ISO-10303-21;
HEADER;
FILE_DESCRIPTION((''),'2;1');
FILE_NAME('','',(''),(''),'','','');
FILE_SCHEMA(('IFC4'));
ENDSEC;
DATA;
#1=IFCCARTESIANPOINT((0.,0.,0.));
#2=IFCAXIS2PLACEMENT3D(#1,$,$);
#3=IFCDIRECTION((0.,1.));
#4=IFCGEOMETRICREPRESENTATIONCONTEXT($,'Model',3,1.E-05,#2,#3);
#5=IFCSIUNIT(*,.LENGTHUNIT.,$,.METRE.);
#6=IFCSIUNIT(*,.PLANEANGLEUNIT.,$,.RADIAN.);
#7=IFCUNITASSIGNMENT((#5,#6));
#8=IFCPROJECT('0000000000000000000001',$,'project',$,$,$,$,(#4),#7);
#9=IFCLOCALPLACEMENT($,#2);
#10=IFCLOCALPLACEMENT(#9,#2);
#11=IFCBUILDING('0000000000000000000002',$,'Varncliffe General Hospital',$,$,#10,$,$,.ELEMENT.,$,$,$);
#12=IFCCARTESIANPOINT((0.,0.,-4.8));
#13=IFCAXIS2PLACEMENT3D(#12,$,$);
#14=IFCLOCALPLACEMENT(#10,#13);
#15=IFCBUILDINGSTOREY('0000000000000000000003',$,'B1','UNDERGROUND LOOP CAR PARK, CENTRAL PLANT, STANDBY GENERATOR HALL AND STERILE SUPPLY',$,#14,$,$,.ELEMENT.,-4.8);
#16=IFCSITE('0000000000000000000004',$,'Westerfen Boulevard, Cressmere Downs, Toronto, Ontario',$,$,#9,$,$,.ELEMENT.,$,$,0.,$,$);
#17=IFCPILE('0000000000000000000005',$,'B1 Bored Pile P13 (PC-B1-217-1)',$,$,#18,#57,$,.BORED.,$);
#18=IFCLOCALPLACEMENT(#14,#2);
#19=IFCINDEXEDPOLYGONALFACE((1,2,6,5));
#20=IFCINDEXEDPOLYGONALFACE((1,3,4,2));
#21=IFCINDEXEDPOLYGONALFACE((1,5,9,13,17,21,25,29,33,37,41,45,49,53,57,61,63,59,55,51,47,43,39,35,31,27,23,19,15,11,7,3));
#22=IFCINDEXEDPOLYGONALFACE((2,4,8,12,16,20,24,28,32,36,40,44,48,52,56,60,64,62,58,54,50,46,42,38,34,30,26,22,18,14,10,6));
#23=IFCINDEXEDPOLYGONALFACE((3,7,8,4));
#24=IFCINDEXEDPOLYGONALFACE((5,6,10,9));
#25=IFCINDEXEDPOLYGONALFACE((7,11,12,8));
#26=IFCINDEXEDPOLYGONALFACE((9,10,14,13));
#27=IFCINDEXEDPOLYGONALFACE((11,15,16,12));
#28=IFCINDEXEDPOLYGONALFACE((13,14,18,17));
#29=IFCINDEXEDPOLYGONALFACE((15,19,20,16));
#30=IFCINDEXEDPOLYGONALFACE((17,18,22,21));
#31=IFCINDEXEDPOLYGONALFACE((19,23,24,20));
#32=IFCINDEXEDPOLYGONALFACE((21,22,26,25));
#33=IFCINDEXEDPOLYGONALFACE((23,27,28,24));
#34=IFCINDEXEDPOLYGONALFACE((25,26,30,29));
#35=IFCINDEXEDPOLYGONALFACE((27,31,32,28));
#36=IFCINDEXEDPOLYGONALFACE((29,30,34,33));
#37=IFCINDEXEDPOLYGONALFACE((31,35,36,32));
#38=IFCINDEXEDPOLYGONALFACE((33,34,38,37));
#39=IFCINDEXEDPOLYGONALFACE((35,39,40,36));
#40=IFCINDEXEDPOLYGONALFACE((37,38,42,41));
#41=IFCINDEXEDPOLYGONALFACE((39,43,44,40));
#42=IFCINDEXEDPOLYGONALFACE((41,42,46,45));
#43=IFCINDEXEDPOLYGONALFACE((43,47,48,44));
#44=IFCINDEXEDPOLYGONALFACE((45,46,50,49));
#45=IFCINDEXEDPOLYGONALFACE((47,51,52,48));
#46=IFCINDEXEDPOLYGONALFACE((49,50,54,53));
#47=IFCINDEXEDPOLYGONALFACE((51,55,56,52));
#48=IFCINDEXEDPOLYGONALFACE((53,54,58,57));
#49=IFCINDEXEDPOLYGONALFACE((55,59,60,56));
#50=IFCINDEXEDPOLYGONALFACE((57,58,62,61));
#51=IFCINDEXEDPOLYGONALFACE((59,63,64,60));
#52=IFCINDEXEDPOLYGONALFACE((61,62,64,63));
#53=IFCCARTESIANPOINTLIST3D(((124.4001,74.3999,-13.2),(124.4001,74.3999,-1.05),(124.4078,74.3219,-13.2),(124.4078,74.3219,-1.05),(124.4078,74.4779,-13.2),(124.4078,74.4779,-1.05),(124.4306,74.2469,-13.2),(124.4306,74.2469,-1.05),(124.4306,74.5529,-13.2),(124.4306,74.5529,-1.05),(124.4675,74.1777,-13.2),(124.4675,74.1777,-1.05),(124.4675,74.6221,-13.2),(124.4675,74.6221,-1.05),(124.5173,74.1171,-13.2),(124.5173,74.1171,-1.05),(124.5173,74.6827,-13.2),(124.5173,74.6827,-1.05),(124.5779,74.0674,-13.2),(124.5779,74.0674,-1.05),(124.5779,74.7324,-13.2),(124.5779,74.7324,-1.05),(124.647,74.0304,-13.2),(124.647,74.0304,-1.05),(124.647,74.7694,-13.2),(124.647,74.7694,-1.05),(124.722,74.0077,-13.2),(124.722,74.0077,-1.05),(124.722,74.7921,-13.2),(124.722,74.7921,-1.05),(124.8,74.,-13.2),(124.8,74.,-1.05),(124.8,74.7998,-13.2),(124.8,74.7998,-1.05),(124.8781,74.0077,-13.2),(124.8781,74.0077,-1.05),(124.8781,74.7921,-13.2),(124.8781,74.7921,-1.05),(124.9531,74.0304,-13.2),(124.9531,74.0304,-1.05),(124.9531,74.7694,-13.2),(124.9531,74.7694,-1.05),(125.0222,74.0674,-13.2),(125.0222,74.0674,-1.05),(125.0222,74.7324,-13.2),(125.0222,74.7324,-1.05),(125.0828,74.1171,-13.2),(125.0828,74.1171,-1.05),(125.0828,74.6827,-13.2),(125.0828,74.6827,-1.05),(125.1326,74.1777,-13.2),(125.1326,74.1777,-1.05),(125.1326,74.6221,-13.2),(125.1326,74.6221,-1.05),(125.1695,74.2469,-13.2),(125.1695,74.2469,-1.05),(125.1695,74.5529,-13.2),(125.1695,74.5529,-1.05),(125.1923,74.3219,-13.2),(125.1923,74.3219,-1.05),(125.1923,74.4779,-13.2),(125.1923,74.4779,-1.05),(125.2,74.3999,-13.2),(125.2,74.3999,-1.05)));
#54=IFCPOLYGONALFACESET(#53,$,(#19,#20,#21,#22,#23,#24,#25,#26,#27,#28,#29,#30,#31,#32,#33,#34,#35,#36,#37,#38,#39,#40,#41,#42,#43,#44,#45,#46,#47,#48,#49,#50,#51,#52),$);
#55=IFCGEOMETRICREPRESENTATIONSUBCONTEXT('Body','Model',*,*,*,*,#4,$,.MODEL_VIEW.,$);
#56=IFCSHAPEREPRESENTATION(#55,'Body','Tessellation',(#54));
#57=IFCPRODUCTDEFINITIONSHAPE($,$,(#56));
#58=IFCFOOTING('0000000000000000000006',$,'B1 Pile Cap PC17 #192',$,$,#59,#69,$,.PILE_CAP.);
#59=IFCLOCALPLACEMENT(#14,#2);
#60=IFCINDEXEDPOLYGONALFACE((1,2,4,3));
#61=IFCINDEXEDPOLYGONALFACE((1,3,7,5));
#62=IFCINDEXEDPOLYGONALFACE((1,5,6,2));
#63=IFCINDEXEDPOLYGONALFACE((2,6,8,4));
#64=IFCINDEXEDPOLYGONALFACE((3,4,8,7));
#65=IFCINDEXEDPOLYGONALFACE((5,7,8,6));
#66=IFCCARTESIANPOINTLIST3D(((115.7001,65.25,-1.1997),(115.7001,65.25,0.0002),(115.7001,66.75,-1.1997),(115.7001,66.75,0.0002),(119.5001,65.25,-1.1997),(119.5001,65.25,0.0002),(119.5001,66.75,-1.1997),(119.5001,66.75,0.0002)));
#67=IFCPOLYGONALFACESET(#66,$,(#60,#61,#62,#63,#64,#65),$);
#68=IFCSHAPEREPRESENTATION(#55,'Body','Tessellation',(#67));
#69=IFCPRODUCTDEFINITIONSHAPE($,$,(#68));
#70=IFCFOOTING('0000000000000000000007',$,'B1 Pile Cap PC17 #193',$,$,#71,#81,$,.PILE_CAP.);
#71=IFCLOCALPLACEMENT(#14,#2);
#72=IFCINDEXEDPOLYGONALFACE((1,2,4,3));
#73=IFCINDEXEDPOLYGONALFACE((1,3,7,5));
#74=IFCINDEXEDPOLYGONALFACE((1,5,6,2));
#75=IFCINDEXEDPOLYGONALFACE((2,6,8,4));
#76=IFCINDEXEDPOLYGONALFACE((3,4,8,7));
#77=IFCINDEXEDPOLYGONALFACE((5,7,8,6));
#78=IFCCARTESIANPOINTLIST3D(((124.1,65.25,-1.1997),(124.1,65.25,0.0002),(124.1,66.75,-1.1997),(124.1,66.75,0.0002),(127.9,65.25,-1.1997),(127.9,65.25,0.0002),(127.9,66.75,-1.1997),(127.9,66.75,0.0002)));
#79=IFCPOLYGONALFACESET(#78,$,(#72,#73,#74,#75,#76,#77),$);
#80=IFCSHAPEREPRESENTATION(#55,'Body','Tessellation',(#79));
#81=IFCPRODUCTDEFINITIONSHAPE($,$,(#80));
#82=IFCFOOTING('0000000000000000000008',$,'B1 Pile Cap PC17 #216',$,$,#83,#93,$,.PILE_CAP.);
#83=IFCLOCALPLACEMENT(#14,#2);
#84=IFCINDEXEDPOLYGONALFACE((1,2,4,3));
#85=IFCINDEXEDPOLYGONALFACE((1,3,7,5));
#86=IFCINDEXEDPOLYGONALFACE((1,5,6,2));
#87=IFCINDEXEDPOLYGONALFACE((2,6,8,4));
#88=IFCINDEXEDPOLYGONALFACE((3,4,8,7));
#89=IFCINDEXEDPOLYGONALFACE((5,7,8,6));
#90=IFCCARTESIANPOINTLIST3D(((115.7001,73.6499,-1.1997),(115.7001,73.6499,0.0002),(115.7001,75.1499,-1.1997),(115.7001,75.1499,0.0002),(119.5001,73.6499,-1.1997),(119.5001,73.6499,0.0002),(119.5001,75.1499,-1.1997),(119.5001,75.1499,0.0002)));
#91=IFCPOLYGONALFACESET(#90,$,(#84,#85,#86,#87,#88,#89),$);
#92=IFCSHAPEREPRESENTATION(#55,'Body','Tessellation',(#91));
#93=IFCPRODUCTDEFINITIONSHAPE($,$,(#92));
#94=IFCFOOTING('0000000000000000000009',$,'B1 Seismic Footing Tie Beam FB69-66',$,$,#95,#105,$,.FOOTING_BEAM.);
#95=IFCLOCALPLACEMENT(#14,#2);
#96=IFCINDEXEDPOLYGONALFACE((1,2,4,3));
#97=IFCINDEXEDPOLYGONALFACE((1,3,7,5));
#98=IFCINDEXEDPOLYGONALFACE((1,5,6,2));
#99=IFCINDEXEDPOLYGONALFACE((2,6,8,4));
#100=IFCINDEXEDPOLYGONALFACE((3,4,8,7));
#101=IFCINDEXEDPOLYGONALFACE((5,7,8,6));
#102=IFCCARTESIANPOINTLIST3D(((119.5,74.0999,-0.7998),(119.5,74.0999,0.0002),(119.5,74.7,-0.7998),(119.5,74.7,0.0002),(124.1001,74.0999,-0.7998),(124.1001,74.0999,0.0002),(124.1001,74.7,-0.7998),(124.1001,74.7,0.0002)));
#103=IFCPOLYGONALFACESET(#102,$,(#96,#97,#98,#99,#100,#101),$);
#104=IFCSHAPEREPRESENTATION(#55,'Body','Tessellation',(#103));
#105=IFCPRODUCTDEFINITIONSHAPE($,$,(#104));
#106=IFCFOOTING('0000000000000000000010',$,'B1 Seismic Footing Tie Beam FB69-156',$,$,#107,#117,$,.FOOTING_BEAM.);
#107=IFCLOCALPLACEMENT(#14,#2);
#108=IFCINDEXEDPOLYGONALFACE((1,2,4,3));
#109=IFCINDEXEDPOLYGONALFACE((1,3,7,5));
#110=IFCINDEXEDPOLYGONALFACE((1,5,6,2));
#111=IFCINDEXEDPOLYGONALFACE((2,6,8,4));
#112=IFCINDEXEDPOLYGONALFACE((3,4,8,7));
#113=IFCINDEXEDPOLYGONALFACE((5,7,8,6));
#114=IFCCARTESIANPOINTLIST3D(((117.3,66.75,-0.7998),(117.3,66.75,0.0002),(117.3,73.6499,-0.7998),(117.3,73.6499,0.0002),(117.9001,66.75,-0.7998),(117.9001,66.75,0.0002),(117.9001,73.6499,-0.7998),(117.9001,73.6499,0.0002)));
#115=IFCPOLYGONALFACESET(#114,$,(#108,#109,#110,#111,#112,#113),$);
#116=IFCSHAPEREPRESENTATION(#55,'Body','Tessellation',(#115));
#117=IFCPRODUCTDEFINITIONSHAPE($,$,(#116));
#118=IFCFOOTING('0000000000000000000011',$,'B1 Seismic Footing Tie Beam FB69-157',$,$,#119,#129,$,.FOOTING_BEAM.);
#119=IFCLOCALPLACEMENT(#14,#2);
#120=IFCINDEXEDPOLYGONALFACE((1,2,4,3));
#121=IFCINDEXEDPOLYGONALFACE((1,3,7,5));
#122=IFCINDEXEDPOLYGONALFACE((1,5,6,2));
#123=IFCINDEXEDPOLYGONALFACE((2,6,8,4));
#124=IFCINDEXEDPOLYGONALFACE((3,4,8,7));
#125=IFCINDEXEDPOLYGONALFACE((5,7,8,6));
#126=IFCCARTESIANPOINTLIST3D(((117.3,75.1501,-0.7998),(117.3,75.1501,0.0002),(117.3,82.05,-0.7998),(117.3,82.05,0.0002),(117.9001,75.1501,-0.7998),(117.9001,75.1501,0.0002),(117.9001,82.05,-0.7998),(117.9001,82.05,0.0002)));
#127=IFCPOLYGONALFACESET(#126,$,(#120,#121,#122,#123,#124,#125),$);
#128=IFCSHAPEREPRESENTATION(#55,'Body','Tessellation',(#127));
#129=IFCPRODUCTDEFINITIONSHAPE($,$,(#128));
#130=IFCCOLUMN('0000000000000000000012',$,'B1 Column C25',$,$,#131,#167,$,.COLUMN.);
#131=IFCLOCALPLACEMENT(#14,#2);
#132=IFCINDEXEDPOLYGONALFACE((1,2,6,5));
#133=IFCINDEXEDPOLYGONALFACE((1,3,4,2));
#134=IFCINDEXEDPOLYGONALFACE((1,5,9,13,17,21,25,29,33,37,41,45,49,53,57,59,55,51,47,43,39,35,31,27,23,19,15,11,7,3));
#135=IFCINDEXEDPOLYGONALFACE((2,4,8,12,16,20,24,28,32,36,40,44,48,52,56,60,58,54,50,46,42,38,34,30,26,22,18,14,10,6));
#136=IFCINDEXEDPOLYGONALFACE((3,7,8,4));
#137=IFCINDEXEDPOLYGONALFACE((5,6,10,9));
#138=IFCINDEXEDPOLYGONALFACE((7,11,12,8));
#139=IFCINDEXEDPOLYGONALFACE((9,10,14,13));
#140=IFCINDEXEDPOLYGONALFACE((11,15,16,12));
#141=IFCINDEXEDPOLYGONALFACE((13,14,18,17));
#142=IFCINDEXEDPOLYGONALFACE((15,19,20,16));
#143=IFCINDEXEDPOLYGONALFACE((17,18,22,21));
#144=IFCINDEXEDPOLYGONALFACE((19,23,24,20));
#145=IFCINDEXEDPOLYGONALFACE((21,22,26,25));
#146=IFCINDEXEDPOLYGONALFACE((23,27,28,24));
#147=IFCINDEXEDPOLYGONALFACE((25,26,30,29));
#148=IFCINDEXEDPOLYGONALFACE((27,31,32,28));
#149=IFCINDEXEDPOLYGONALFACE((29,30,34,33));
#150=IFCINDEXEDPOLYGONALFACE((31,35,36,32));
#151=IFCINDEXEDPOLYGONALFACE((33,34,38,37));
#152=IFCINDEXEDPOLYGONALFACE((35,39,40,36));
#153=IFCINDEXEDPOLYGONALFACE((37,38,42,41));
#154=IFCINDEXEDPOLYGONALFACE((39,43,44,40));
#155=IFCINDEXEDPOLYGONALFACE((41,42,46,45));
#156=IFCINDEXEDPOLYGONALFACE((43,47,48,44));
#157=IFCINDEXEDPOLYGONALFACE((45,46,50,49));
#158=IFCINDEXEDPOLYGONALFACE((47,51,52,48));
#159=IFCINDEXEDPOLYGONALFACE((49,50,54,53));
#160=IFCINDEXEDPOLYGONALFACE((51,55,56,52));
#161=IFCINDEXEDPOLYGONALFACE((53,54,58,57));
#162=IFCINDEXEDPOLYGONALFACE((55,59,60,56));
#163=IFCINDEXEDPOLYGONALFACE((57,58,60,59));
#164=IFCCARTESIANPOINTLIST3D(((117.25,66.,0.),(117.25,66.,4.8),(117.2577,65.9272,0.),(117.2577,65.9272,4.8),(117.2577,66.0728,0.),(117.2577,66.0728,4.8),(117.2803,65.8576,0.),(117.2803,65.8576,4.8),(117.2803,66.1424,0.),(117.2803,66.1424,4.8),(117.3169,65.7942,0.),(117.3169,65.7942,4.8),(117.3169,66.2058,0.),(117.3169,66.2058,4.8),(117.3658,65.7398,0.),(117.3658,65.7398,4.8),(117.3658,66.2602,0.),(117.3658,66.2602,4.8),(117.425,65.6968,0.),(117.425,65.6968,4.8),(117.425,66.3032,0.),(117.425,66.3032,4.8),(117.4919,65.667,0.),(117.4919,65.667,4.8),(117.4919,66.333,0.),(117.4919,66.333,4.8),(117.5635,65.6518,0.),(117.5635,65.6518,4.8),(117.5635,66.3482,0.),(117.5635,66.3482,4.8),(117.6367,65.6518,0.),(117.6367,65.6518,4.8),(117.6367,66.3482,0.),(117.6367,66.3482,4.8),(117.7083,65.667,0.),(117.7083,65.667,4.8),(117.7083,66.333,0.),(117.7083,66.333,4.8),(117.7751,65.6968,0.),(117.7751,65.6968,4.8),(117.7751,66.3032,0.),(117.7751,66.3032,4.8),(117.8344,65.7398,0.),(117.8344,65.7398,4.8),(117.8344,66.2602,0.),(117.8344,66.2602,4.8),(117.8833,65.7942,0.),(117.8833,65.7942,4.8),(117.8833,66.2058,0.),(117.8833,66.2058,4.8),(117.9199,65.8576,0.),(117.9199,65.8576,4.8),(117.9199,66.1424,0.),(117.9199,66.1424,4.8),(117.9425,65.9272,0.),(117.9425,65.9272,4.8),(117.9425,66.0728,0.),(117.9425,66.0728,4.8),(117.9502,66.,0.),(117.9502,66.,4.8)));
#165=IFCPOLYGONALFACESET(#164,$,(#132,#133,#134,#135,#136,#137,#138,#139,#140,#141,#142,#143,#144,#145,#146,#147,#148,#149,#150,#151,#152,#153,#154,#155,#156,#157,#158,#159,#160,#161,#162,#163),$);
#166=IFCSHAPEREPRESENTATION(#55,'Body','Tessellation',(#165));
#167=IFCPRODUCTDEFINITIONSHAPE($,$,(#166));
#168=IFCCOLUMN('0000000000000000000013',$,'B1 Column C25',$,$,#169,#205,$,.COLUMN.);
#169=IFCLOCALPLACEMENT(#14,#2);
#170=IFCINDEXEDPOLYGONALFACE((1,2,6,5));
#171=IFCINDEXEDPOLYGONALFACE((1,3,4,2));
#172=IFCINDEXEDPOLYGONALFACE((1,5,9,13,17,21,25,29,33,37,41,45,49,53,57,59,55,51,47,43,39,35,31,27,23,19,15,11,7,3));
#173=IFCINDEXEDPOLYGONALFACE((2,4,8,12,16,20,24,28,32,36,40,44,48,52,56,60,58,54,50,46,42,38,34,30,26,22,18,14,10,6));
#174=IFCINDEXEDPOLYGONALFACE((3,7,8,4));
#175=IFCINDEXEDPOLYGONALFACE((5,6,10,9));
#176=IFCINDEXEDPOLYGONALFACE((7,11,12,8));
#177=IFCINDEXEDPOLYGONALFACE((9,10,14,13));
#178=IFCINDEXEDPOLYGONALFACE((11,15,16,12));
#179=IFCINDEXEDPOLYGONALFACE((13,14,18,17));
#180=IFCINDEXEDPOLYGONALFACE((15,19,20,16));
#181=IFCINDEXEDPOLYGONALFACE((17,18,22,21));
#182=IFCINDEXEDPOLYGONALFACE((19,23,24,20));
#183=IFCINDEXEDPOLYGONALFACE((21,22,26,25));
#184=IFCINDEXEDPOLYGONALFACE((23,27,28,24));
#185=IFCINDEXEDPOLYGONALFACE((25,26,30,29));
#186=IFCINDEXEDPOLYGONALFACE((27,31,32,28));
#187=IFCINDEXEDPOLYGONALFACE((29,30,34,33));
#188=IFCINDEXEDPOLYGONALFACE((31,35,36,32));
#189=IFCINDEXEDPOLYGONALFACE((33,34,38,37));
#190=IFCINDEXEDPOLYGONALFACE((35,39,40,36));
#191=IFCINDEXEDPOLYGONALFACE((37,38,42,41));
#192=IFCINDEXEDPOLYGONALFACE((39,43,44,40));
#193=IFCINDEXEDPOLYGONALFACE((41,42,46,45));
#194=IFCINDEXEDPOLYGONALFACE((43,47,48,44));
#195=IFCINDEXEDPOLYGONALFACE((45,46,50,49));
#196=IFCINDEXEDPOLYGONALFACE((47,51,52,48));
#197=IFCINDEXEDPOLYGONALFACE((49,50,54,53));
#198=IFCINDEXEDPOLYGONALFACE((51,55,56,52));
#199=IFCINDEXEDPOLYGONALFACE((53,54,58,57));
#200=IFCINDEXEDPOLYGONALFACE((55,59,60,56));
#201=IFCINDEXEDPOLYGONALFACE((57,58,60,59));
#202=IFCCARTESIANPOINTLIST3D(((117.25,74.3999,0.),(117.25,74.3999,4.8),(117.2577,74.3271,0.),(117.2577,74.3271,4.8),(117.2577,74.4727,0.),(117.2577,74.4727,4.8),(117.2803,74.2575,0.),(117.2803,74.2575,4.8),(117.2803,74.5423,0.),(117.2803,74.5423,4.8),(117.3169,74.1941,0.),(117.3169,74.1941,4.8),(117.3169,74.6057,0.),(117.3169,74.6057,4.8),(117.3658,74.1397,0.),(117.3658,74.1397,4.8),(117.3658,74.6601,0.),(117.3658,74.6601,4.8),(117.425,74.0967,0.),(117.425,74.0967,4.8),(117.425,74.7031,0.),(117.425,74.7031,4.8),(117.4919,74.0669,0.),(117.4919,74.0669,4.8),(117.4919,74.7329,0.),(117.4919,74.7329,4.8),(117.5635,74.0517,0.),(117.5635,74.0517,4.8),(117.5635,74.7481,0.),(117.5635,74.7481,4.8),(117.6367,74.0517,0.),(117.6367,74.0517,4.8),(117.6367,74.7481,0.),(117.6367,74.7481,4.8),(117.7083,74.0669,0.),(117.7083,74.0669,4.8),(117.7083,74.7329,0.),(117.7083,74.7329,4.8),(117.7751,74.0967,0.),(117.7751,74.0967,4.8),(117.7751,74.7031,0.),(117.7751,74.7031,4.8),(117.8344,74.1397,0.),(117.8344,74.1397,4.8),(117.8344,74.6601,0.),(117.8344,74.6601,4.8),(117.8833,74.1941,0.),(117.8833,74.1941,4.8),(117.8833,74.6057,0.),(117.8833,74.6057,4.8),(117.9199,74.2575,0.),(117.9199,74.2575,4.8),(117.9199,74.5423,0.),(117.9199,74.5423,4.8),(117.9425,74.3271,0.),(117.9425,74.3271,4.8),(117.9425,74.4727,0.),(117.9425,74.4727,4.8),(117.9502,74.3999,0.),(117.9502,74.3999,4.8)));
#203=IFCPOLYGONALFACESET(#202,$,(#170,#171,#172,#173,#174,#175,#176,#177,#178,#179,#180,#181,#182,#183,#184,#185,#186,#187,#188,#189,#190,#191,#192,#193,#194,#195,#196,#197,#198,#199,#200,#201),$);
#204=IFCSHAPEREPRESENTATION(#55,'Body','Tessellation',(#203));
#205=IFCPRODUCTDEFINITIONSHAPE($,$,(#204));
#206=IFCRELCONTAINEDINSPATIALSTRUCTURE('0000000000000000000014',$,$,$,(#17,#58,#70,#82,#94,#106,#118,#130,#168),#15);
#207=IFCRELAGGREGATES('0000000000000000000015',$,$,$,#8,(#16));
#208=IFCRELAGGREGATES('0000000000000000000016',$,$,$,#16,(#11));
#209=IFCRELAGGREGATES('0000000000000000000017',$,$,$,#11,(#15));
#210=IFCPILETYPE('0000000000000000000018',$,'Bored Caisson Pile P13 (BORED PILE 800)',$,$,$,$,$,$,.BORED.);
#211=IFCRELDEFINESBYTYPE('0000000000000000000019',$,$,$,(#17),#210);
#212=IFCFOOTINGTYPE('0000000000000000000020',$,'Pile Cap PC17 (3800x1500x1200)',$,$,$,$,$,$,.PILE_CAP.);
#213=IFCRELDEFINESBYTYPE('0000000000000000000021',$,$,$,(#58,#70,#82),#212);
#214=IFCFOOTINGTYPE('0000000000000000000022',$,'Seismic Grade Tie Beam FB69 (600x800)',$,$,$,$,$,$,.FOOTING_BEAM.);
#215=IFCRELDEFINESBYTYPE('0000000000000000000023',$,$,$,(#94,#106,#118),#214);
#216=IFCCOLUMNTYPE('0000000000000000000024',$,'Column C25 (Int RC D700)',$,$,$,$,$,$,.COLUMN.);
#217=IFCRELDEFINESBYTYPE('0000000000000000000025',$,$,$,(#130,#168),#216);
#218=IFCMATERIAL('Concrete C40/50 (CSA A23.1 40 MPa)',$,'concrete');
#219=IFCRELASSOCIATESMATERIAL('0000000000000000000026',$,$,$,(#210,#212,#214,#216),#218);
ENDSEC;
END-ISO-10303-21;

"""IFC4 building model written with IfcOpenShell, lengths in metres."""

from ifc_helpers import new_model, si_unit, direction, frame, origin, origin_2d, place, context, subcontext, project, spatial, rectangle, circle, extrude, material, material_profile, profile_set, type_object, element, save


model = new_model("IFC4")

# Units and contexts
model_context = context("Model", 3, precision=1e-05, world=origin(), true_north=direction((0.0, 1.0)))
body_context = subcontext(model_context, "Body", "Model", "MODEL_VIEW")
ifc_project = project(units=[si_unit("LENGTHUNIT", "METRE"), si_unit("PLANEANGLEUNIT", "RADIAN")], contexts=[model_context])

# Site, building, storey
site_placement = place(None, origin())
site = spatial("IfcSite", under=ifc_project, at=site_placement, Name="Westerfen Boulevard, Cressmere Downs, Toronto, Ontario", CompositionType="ELEMENT", RefElevation=0.0)
building_placement = place(site_placement, origin())
building = spatial("IfcBuilding", under=site, at=building_placement, Name="Varncliffe General Hospital", CompositionType="ELEMENT")
storey_placement = place(building_placement, frame((0.0, 0.0, -4.8)))
storey = spatial("IfcBuildingStorey", under=building, at=storey_placement, Name="B1", Description="UNDERGROUND LOOP CAR PARK, CENTRAL PLANT, STANDBY GENERATOR HALL AND STERILE SUPPLY", CompositionType="ELEMENT", Elevation=-4.8)

# Pile
ifc_material_1 = material(Name="Concrete C40/50 (CSA A23.1 40 MPa)", Category="concrete")
ifc_material_profile_1 = material_profile(ifc_material_1, circle(Radius=0.3999, at=origin_2d()), Name="BORED PILE 800")
ifc_profile_set_1 = profile_set([ifc_material_profile_1], Name="Concrete C40/50 (CSA A23.1 40 MPa)")
pile_type = type_object("IfcPileType", Name="Bored Caisson Pile P13 (BORED PILE 800)", PredefinedType="BORED", material=ifc_profile_set_1)
for number, where, z_axis, x_axis, name in (
    (1, (124.8, 74.3999, -1.05), (0.0, 0.0, -1.0), (1.0, 0.0, 0.0), "B1 Bored Pile P13 (PC-B1-217-1)"),
):
    element("IfcPile", number, at=place(storey_placement, frame(where, z_axis=z_axis, x_axis=x_axis)), inside=storey, type_object=pile_type, Name=name, PredefinedType="BORED", context=body_context, shape_type="SweptSolid", body=[
        extrude(circle(Radius=0.3999, at=origin_2d()), origin(), (0.0, 0.0, 1.0), 12.1499),
    ])

# Footings
footing_type_1 = type_object("IfcFootingType", Name="Pile Cap PC17 (3800x1500x1200)", PredefinedType="PILE_CAP", material=ifc_material_1)
for number, where, z_axis, x_axis, name in (
    (2, (117.6001, 66.0, -1.1997), (0.0, 0.0, 1.0), (1.0, 0.0, 0.0), "B1 Pile Cap PC17 #192"),
    (3, (126.0, 66.0, -1.1997), (0.0, 0.0, 1.0), (1.0, 0.0, 0.0), "B1 Pile Cap PC17 #193"),
    (4, (117.6001, 74.3999, -1.1997), (0.0, 0.0, 1.0), (1.0, 0.0, 0.0), "B1 Pile Cap PC17 #216"),
):
    element("IfcFooting", number, at=place(storey_placement, frame(where, z_axis=z_axis, x_axis=x_axis)), inside=storey, type_object=footing_type_1, Name=name, PredefinedType="PILE_CAP", context=body_context, shape_type="SweptSolid", body=[
        extrude(rectangle(XDim=3.8, YDim=1.5, at=origin_2d()), origin(), (0.0, 0.0, 1.0), 1.2),
    ])
footing_type_2 = type_object("IfcFootingType", Name="Seismic Grade Tie Beam FB69 (600x800)", PredefinedType="FOOTING_BEAM", material=ifc_material_1)
footing_placement = place(storey_placement, frame((121.8, 74.3999, -0.7998), z_axis=(0.0, 0.0, 1.0), x_axis=(1.0, 0.0, 0.0)))
element("IfcFooting", 5, at=footing_placement, inside=storey, type_object=footing_type_2, Name="B1 Seismic Footing Tie Beam FB69-66", PredefinedType="FOOTING_BEAM", context=body_context, shape_type="SweptSolid", body=[
    extrude(rectangle(XDim=4.6001, YDim=0.6001, at=origin_2d()), origin(), (0.0, 0.0, 1.0), 0.8),
])
for number, where, z_axis, x_axis, name in (
    (6, (117.6001, 70.2, -0.7998), (0.0, 0.0, 1.0), (1.0, 0.0, 0.0), "B1 Seismic Footing Tie Beam FB69-156"),
    (7, (117.6001, 78.6001, -0.7998), (0.0, 0.0, 1.0), (1.0, 0.0, 0.0), "B1 Seismic Footing Tie Beam FB69-157"),
):
    element("IfcFooting", number, at=place(storey_placement, frame(where, z_axis=z_axis, x_axis=x_axis)), inside=storey, type_object=footing_type_2, Name=name, PredefinedType="FOOTING_BEAM", context=body_context, shape_type="SweptSolid", body=[
        extrude(rectangle(XDim=0.6001, YDim=6.8999, at=origin_2d()), origin(), (0.0, 0.0, 1.0), 0.8),
    ])

# Columns
ifc_material_profile_2 = material_profile(ifc_material_1, circle(Radius=0.3501, at=origin_2d()), Name="RC D700")
ifc_profile_set_2 = profile_set([ifc_material_profile_2], Name="Concrete C40/50 (CSA A23.1 40 MPa)")
column_type_1 = type_object("IfcColumnType", Name="Column C25 (Int RC D700)", PredefinedType="COLUMN", material=ifc_profile_set_2)
for number, where, z_axis, x_axis, name in (
    (8, (117.6001, 66.0, 0.0), (0.0, 0.0, 1.0), (1.0, 0.0, 0.0), "B1 Column C25"),
    (9, (117.6001, 74.3999, 0.0), (0.0, 0.0, 1.0), (1.0, 0.0, 0.0), "B1 Column C25"),
):
    element("IfcColumn", number, at=place(storey_placement, frame(where, z_axis=z_axis, x_axis=x_axis)), inside=storey, type_object=column_type_1, Name=name, PredefinedType="COLUMN", context=body_context, shape_type="SweptSolid", body=[
        extrude(circle(Radius=0.3501, at=origin_2d()), origin(), (0.0, 0.0, 1.0), 4.8),
    ])

save(model, "model.ifc")
